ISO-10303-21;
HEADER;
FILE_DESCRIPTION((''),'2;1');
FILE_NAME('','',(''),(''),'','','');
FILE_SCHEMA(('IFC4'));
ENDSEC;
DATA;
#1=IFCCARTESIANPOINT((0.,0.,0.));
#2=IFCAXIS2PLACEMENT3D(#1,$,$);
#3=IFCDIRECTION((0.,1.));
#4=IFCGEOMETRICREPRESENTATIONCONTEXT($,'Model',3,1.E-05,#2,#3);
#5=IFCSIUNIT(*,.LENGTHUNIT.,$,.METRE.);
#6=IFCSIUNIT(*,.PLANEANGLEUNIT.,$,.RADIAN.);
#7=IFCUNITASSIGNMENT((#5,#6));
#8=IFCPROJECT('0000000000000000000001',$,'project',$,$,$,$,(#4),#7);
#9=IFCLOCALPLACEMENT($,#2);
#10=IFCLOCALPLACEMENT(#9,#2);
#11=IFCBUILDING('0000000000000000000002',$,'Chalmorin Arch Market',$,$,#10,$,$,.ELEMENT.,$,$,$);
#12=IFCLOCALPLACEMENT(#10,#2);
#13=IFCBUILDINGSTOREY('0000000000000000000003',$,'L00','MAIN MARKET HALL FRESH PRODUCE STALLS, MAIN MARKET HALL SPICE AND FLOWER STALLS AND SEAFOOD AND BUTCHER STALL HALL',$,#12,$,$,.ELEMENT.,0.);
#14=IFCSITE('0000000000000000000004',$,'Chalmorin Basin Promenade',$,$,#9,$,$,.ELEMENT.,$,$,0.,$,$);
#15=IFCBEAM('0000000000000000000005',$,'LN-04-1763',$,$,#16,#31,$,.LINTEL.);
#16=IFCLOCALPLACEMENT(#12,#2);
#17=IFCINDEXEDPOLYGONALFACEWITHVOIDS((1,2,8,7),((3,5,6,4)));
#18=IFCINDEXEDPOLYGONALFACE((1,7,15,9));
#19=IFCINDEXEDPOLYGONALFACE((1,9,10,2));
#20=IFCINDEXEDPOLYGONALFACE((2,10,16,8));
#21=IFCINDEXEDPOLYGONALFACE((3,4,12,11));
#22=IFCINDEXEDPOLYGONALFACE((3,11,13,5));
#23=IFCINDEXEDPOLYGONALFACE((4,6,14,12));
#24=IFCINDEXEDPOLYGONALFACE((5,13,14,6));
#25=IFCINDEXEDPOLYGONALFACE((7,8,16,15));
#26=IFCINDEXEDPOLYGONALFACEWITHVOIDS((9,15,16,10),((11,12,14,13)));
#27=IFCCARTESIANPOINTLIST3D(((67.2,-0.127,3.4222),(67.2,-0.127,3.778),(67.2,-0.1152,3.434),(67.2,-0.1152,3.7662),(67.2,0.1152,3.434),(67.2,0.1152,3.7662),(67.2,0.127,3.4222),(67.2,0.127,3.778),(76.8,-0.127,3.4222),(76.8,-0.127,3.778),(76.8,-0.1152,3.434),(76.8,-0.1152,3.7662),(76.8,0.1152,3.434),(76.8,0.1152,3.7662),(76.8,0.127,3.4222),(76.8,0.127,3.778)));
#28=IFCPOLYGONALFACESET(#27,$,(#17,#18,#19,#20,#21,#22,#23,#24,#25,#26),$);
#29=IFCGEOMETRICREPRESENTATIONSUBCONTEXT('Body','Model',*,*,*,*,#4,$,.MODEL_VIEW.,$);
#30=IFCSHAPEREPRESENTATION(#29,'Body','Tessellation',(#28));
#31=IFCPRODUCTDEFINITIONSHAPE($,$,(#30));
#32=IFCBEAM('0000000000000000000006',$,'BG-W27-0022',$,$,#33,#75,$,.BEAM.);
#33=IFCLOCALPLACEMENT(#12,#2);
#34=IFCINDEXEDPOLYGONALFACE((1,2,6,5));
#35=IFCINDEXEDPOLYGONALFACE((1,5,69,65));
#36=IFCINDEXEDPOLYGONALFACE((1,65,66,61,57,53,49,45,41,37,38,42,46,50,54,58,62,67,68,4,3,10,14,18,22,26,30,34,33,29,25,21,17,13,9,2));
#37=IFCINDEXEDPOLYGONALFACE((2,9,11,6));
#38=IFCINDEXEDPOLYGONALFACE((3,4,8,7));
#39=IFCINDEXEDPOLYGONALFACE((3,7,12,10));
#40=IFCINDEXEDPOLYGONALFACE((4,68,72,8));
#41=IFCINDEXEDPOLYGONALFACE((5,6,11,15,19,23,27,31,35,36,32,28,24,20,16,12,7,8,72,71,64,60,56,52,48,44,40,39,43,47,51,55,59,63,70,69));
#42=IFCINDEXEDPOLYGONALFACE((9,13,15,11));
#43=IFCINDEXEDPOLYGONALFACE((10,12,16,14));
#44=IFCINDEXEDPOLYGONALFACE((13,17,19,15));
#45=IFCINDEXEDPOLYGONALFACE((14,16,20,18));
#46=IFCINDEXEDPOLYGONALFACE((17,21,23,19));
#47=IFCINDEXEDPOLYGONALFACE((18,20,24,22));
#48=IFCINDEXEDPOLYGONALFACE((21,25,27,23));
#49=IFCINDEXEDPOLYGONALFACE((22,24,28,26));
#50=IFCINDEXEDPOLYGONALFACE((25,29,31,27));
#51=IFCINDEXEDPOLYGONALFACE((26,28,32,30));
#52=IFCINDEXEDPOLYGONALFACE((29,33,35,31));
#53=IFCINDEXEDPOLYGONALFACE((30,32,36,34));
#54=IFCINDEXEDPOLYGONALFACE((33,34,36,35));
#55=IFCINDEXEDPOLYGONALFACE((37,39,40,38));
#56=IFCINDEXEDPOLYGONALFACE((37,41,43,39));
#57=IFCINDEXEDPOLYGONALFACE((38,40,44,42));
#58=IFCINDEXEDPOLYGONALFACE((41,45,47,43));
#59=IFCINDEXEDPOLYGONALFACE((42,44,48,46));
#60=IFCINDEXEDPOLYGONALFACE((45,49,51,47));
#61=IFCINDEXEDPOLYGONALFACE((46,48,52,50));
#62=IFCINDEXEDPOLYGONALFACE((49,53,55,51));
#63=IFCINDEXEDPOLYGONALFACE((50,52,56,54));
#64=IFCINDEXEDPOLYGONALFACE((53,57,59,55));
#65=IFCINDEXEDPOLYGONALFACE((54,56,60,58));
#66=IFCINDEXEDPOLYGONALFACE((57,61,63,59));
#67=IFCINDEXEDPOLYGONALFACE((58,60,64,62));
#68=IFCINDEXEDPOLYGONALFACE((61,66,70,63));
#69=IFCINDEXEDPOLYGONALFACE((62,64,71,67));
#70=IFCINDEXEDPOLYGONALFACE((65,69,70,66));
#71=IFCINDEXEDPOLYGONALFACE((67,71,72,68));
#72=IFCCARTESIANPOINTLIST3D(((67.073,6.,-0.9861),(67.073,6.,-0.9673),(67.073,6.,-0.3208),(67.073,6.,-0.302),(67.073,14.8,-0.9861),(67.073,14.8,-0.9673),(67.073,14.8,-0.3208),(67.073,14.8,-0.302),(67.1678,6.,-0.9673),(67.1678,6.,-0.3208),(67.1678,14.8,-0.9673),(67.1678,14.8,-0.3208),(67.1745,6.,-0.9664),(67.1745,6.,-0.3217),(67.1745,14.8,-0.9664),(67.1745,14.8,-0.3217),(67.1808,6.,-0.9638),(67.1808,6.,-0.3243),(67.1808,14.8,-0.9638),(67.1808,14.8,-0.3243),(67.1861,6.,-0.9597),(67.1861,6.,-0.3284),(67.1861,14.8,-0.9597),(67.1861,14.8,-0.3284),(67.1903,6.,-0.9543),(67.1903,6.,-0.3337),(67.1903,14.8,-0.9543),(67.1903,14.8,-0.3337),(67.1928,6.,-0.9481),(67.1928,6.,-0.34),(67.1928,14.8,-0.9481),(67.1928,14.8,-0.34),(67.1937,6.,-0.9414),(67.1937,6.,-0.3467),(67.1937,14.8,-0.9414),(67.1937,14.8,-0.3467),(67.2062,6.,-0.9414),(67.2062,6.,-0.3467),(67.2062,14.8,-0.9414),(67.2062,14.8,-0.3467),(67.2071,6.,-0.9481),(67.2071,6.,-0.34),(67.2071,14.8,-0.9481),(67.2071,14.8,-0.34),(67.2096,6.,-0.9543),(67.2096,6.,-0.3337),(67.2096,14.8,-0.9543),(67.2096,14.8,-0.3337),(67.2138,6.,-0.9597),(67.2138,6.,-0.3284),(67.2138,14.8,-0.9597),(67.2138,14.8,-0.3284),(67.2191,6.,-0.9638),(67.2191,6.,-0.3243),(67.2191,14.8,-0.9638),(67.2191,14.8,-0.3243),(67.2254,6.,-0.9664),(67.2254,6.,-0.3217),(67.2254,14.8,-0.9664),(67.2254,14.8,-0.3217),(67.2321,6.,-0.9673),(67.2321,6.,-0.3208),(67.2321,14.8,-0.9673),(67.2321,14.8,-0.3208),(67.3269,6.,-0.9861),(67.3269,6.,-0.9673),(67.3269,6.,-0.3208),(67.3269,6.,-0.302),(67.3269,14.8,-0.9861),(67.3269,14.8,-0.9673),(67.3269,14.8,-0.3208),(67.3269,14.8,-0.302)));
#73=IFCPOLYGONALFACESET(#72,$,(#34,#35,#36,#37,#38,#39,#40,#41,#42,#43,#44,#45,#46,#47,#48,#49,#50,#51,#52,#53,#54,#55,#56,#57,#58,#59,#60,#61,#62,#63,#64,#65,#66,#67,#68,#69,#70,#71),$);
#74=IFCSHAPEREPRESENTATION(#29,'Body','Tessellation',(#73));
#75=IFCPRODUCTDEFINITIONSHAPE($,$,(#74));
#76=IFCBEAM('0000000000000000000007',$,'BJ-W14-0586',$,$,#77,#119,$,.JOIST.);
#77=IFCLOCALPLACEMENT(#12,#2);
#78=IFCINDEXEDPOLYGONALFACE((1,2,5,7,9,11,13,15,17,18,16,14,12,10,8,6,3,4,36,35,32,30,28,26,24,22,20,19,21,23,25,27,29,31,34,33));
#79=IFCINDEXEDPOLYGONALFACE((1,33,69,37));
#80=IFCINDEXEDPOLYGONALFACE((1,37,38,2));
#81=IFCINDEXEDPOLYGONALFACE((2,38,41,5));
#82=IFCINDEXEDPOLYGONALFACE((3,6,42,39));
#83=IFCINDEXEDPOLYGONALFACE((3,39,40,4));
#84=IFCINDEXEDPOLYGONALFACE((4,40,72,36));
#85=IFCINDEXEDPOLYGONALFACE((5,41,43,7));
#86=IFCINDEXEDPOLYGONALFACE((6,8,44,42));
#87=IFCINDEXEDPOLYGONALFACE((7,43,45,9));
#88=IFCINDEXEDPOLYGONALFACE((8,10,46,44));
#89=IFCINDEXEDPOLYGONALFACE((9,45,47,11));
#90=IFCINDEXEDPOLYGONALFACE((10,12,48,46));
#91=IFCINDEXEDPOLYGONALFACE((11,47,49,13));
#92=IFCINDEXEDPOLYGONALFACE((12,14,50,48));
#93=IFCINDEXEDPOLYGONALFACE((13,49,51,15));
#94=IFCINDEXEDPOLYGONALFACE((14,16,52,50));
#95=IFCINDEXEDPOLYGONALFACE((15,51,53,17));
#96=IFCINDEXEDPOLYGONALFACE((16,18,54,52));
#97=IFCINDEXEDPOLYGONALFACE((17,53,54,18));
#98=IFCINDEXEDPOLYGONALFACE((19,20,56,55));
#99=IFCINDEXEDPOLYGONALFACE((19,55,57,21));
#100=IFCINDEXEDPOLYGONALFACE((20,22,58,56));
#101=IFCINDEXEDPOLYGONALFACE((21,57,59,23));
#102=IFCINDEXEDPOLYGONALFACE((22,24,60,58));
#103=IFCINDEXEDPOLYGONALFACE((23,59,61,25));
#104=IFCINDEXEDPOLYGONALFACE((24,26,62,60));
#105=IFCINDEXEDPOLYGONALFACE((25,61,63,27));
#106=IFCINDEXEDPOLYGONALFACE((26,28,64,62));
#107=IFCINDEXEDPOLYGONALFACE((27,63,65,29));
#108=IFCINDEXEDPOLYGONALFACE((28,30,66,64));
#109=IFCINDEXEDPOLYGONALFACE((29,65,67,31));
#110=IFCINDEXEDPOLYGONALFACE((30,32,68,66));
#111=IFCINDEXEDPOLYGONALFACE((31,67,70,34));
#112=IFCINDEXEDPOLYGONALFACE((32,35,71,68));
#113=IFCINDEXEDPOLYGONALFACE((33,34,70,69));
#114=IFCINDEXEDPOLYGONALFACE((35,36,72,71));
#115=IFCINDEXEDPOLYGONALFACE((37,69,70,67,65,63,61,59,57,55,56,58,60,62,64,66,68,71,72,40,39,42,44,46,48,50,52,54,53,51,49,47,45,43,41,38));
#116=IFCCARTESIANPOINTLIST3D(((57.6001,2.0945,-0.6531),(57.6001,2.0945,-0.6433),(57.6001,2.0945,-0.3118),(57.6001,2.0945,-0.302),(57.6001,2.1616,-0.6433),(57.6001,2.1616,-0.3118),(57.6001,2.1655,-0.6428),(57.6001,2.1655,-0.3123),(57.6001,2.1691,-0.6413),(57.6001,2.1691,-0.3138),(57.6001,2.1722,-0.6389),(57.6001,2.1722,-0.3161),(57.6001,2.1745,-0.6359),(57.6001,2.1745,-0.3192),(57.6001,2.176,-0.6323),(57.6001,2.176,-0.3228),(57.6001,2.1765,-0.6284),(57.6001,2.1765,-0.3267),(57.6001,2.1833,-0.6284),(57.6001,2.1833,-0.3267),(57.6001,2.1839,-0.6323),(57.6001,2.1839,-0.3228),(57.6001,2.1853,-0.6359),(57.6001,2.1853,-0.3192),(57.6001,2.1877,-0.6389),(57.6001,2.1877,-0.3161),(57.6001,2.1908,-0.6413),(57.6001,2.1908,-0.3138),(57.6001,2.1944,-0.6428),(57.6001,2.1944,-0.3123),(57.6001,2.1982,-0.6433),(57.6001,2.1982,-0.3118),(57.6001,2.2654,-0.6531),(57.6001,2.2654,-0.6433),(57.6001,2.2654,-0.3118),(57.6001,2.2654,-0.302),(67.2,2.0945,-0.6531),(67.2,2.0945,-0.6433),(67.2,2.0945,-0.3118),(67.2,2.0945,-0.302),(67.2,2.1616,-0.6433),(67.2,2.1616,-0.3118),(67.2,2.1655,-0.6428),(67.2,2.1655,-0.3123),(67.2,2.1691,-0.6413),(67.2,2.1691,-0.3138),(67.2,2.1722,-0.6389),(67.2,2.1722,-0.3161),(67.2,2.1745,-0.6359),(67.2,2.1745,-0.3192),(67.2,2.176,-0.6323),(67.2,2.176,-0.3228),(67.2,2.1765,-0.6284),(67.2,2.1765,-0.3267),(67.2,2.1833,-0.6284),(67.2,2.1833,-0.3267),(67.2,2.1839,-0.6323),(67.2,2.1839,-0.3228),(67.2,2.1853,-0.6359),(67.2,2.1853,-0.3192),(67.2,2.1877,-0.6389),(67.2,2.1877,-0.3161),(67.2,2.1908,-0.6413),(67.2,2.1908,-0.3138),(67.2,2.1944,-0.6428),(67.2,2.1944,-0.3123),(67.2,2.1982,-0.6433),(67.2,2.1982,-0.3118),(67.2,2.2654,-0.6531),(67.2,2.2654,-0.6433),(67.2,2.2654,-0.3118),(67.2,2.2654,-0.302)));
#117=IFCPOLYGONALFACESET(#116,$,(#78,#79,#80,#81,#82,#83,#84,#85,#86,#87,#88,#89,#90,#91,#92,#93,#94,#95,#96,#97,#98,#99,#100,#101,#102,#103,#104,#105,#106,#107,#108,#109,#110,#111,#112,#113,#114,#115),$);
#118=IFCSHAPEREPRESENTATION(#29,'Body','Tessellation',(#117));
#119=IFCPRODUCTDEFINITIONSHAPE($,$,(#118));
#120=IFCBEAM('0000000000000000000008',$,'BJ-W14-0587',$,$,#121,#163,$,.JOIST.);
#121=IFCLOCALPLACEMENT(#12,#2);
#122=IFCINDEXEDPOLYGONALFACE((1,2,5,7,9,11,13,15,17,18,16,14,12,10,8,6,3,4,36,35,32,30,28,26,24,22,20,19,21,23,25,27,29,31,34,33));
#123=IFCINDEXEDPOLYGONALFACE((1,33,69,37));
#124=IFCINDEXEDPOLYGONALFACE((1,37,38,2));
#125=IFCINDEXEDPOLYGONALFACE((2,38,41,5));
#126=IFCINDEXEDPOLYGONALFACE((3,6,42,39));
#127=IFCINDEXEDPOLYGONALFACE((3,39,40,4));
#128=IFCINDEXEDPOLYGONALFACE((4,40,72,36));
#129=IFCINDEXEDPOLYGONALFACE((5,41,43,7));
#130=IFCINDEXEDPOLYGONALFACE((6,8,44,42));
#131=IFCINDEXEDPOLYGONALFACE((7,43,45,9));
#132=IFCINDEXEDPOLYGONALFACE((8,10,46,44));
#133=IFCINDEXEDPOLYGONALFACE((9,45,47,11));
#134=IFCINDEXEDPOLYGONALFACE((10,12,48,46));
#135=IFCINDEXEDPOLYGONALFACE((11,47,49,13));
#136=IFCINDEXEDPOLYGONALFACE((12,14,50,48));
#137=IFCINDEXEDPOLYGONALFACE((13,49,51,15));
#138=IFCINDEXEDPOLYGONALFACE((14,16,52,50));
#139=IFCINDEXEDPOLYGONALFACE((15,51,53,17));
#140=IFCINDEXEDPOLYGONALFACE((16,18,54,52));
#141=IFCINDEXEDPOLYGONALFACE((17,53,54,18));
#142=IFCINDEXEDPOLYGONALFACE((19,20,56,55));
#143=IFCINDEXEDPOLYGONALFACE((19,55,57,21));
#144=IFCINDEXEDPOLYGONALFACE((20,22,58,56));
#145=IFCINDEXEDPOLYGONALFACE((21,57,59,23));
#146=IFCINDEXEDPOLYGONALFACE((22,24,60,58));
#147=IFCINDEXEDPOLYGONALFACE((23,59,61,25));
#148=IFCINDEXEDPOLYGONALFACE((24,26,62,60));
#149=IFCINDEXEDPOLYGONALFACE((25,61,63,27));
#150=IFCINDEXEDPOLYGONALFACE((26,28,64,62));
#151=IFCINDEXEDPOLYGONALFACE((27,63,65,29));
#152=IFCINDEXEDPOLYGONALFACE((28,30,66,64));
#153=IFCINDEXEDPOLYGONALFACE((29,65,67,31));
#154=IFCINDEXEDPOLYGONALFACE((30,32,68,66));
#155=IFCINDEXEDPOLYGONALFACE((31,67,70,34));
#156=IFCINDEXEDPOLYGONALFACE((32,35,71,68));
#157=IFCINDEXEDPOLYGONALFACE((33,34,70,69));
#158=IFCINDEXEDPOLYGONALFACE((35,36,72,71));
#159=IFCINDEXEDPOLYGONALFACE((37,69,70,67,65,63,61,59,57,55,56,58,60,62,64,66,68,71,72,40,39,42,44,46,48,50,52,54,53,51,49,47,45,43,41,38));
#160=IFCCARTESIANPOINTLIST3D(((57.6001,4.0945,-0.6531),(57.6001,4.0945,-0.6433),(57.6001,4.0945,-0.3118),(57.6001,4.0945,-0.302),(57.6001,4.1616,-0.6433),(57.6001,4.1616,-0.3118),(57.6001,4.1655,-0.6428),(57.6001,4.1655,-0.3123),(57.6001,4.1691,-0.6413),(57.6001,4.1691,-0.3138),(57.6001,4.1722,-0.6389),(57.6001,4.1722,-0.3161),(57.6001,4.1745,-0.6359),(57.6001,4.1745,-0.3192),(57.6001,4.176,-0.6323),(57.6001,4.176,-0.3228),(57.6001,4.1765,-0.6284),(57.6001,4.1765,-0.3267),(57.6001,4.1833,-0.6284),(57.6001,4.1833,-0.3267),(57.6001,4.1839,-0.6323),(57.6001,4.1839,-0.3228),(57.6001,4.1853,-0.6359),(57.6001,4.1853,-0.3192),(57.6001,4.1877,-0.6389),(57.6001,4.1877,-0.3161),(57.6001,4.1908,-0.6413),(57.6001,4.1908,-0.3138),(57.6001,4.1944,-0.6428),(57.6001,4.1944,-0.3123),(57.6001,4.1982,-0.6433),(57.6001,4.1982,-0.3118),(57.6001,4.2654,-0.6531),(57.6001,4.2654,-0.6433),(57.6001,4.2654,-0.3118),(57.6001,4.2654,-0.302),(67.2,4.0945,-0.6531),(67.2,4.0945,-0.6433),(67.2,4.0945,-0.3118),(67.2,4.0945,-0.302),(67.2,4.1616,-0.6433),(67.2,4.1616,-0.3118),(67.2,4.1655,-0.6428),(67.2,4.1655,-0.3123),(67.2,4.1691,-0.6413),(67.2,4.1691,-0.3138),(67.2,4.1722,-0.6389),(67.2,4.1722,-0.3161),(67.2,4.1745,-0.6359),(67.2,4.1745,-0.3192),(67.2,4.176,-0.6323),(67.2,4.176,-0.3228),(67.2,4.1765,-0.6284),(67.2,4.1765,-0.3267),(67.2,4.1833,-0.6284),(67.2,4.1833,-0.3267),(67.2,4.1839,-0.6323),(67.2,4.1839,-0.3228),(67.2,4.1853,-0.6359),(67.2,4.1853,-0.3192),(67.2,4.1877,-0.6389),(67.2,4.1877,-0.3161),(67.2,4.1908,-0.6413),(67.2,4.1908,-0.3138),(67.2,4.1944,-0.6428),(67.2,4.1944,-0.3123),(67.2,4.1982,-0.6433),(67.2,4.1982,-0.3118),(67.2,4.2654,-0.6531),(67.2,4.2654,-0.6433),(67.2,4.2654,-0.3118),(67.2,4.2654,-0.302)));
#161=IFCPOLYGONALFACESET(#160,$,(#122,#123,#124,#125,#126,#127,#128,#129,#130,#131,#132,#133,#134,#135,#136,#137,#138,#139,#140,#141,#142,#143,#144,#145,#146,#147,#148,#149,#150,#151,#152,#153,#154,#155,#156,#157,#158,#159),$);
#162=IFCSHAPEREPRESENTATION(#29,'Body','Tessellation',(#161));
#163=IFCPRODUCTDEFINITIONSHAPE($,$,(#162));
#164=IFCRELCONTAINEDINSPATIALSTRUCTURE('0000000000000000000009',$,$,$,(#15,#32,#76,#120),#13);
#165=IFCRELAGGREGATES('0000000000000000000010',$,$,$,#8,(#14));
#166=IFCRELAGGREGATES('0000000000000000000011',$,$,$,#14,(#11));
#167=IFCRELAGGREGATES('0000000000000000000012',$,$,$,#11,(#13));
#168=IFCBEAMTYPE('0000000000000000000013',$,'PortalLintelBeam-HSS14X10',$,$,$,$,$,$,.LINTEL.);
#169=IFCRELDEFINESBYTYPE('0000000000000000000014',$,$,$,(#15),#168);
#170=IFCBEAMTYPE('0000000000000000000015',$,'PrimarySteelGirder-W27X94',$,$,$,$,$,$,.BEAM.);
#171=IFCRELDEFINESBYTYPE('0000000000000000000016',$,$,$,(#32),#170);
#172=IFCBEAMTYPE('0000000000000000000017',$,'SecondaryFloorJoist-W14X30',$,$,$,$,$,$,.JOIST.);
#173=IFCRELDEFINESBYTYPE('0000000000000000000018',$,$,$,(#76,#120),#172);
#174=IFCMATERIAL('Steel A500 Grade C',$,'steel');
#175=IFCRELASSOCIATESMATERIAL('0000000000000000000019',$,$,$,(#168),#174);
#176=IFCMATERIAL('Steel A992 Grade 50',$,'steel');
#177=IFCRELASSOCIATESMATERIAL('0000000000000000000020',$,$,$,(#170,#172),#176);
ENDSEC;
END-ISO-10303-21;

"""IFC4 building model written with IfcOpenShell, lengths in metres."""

from ifc_helpers import new_model, si_unit, direction, frame, origin, origin_2d, place, context, subcontext, project, spatial, hollow_rectangle, i_section, extrude, material, material_profile, profile_set, type_object, element, save


model = new_model("IFC4")

# Units and contexts
model_context = context("Model", 3, precision=1e-05, world=origin(), true_north=direction((0.0, 1.0)))
body_context = subcontext(model_context, "Body", "Model", "MODEL_VIEW")
ifc_project = project(units=[si_unit("LENGTHUNIT", "METRE"), si_unit("PLANEANGLEUNIT", "RADIAN")], contexts=[model_context])

# Site, building, storey
site_placement = place(None, origin())
site = spatial("IfcSite", under=ifc_project, at=site_placement, Name="Chalmorin Basin Promenade", CompositionType="ELEMENT", RefElevation=0.0)
building_placement = place(site_placement, origin())
building = spatial("IfcBuilding", under=site, at=building_placement, Name="Chalmorin Arch Market", CompositionType="ELEMENT")
storey_placement = place(building_placement, origin())
storey = spatial("IfcBuildingStorey", under=building, at=storey_placement, Name="L00", Description="MAIN MARKET HALL FRESH PRODUCE STALLS, MAIN MARKET HALL SPICE AND FLOWER STALLS AND SEAFOOD AND BUTCHER STALL HALL", CompositionType="ELEMENT", Elevation=0.0)

# Shared definitions
ifc_material_1 = material(Name="Steel A500 Grade C", Category="steel")

# Beams
ifc_material_2 = material(Name="Steel A992 Grade 50", Category="steel")
ifc_material_profile_1 = material_profile(ifc_material_1, hollow_rectangle(XDim=0.2539, YDim=0.3557, WallThickness=0.0117, at=origin_2d()), Name="HSS14X10X1/2")
ifc_profile_set_1 = profile_set([ifc_material_profile_1], Name="Steel A500 Grade C")
beam_type_1 = type_object("IfcBeamType", Name="PortalLintelBeam-HSS14X10", PredefinedType="LINTEL", material=ifc_profile_set_1)
beam_1_placement = place(storey_placement, frame((67.2, 0.0, 3.6001), z_axis=(1.0, 0.0, 0.0), x_axis=(0.0, 1.0, 0.0)))
element("IfcBeam", 1, at=beam_1_placement, inside=storey, type_object=beam_type_1, Name="LN-04-1763", PredefinedType="LINTEL", context=body_context, shape_type="SweptSolid", body=[
    extrude(hollow_rectangle(XDim=0.2539, YDim=0.3557, WallThickness=0.0117, at=origin_2d()), origin(), (0.0, 0.0, 1.0), 9.6001),
])
ifc_material_profile_2 = material_profile(ifc_material_2, i_section(OverallWidth=0.2539, OverallDepth=0.6841, WebThickness=0.0125, FlangeThickness=0.0188, FilletRadius=0.0259, at=origin_2d()), Name="W27X94")
ifc_profile_set_2 = profile_set([ifc_material_profile_2], Name="Steel A992 Grade 50")
beam_type_2 = type_object("IfcBeamType", Name="PrimarySteelGirder-W27X94", PredefinedType="BEAM", material=ifc_profile_set_2)
beam_2_placement = place(storey_placement, frame((67.2, 6.0, -0.644), z_axis=(0.0, 1.0, 0.0), x_axis=(-1.0, 0.0, 0.0)))
element("IfcBeam", 2, at=beam_2_placement, inside=storey, type_object=beam_type_2, Name="BG-W27-0022", PredefinedType="BEAM", context=body_context, shape_type="SweptSolid", body=[
    extrude(i_section(OverallWidth=0.2539, OverallDepth=0.6841, WebThickness=0.0125, FlangeThickness=0.0188, FilletRadius=0.0259, at=origin_2d()), origin(), (0.0, 0.0, 1.0), 8.8),
])
ifc_material_profile_3 = material_profile(ifc_material_2, i_section(OverallWidth=0.1709, OverallDepth=0.3511, WebThickness=0.0068, FlangeThickness=0.0098, FilletRadius=0.0149, at=origin_2d()), Name="W14X30")
ifc_profile_set_3 = profile_set([ifc_material_profile_3], Name="Steel A992 Grade 50")
beam_type_3 = type_object("IfcBeamType", Name="SecondaryFloorJoist-W14X30", PredefinedType="JOIST", material=ifc_profile_set_3)
for number, where, z_axis, x_axis, name in (
    (3, (57.6001, 2.1799, -0.4775), (1.0, 0.0, 0.0), (0.0, 1.0, 0.0), "BJ-W14-0586"),
    (4, (57.6001, 4.1799, -0.4775), (1.0, 0.0, 0.0), (0.0, 1.0, 0.0), "BJ-W14-0587"),
):
    element("IfcBeam", number, at=place(storey_placement, frame(where, z_axis=z_axis, x_axis=x_axis)), inside=storey, type_object=beam_type_3, Name=name, PredefinedType="JOIST", context=body_context, shape_type="SweptSolid", body=[
        extrude(i_section(OverallWidth=0.1709, OverallDepth=0.3511, WebThickness=0.0068, FlangeThickness=0.0098, FilletRadius=0.0149, at=origin_2d()), origin(), (0.0, 0.0, 1.0), 9.5999),
    ])

save(model, "model.ifc")
